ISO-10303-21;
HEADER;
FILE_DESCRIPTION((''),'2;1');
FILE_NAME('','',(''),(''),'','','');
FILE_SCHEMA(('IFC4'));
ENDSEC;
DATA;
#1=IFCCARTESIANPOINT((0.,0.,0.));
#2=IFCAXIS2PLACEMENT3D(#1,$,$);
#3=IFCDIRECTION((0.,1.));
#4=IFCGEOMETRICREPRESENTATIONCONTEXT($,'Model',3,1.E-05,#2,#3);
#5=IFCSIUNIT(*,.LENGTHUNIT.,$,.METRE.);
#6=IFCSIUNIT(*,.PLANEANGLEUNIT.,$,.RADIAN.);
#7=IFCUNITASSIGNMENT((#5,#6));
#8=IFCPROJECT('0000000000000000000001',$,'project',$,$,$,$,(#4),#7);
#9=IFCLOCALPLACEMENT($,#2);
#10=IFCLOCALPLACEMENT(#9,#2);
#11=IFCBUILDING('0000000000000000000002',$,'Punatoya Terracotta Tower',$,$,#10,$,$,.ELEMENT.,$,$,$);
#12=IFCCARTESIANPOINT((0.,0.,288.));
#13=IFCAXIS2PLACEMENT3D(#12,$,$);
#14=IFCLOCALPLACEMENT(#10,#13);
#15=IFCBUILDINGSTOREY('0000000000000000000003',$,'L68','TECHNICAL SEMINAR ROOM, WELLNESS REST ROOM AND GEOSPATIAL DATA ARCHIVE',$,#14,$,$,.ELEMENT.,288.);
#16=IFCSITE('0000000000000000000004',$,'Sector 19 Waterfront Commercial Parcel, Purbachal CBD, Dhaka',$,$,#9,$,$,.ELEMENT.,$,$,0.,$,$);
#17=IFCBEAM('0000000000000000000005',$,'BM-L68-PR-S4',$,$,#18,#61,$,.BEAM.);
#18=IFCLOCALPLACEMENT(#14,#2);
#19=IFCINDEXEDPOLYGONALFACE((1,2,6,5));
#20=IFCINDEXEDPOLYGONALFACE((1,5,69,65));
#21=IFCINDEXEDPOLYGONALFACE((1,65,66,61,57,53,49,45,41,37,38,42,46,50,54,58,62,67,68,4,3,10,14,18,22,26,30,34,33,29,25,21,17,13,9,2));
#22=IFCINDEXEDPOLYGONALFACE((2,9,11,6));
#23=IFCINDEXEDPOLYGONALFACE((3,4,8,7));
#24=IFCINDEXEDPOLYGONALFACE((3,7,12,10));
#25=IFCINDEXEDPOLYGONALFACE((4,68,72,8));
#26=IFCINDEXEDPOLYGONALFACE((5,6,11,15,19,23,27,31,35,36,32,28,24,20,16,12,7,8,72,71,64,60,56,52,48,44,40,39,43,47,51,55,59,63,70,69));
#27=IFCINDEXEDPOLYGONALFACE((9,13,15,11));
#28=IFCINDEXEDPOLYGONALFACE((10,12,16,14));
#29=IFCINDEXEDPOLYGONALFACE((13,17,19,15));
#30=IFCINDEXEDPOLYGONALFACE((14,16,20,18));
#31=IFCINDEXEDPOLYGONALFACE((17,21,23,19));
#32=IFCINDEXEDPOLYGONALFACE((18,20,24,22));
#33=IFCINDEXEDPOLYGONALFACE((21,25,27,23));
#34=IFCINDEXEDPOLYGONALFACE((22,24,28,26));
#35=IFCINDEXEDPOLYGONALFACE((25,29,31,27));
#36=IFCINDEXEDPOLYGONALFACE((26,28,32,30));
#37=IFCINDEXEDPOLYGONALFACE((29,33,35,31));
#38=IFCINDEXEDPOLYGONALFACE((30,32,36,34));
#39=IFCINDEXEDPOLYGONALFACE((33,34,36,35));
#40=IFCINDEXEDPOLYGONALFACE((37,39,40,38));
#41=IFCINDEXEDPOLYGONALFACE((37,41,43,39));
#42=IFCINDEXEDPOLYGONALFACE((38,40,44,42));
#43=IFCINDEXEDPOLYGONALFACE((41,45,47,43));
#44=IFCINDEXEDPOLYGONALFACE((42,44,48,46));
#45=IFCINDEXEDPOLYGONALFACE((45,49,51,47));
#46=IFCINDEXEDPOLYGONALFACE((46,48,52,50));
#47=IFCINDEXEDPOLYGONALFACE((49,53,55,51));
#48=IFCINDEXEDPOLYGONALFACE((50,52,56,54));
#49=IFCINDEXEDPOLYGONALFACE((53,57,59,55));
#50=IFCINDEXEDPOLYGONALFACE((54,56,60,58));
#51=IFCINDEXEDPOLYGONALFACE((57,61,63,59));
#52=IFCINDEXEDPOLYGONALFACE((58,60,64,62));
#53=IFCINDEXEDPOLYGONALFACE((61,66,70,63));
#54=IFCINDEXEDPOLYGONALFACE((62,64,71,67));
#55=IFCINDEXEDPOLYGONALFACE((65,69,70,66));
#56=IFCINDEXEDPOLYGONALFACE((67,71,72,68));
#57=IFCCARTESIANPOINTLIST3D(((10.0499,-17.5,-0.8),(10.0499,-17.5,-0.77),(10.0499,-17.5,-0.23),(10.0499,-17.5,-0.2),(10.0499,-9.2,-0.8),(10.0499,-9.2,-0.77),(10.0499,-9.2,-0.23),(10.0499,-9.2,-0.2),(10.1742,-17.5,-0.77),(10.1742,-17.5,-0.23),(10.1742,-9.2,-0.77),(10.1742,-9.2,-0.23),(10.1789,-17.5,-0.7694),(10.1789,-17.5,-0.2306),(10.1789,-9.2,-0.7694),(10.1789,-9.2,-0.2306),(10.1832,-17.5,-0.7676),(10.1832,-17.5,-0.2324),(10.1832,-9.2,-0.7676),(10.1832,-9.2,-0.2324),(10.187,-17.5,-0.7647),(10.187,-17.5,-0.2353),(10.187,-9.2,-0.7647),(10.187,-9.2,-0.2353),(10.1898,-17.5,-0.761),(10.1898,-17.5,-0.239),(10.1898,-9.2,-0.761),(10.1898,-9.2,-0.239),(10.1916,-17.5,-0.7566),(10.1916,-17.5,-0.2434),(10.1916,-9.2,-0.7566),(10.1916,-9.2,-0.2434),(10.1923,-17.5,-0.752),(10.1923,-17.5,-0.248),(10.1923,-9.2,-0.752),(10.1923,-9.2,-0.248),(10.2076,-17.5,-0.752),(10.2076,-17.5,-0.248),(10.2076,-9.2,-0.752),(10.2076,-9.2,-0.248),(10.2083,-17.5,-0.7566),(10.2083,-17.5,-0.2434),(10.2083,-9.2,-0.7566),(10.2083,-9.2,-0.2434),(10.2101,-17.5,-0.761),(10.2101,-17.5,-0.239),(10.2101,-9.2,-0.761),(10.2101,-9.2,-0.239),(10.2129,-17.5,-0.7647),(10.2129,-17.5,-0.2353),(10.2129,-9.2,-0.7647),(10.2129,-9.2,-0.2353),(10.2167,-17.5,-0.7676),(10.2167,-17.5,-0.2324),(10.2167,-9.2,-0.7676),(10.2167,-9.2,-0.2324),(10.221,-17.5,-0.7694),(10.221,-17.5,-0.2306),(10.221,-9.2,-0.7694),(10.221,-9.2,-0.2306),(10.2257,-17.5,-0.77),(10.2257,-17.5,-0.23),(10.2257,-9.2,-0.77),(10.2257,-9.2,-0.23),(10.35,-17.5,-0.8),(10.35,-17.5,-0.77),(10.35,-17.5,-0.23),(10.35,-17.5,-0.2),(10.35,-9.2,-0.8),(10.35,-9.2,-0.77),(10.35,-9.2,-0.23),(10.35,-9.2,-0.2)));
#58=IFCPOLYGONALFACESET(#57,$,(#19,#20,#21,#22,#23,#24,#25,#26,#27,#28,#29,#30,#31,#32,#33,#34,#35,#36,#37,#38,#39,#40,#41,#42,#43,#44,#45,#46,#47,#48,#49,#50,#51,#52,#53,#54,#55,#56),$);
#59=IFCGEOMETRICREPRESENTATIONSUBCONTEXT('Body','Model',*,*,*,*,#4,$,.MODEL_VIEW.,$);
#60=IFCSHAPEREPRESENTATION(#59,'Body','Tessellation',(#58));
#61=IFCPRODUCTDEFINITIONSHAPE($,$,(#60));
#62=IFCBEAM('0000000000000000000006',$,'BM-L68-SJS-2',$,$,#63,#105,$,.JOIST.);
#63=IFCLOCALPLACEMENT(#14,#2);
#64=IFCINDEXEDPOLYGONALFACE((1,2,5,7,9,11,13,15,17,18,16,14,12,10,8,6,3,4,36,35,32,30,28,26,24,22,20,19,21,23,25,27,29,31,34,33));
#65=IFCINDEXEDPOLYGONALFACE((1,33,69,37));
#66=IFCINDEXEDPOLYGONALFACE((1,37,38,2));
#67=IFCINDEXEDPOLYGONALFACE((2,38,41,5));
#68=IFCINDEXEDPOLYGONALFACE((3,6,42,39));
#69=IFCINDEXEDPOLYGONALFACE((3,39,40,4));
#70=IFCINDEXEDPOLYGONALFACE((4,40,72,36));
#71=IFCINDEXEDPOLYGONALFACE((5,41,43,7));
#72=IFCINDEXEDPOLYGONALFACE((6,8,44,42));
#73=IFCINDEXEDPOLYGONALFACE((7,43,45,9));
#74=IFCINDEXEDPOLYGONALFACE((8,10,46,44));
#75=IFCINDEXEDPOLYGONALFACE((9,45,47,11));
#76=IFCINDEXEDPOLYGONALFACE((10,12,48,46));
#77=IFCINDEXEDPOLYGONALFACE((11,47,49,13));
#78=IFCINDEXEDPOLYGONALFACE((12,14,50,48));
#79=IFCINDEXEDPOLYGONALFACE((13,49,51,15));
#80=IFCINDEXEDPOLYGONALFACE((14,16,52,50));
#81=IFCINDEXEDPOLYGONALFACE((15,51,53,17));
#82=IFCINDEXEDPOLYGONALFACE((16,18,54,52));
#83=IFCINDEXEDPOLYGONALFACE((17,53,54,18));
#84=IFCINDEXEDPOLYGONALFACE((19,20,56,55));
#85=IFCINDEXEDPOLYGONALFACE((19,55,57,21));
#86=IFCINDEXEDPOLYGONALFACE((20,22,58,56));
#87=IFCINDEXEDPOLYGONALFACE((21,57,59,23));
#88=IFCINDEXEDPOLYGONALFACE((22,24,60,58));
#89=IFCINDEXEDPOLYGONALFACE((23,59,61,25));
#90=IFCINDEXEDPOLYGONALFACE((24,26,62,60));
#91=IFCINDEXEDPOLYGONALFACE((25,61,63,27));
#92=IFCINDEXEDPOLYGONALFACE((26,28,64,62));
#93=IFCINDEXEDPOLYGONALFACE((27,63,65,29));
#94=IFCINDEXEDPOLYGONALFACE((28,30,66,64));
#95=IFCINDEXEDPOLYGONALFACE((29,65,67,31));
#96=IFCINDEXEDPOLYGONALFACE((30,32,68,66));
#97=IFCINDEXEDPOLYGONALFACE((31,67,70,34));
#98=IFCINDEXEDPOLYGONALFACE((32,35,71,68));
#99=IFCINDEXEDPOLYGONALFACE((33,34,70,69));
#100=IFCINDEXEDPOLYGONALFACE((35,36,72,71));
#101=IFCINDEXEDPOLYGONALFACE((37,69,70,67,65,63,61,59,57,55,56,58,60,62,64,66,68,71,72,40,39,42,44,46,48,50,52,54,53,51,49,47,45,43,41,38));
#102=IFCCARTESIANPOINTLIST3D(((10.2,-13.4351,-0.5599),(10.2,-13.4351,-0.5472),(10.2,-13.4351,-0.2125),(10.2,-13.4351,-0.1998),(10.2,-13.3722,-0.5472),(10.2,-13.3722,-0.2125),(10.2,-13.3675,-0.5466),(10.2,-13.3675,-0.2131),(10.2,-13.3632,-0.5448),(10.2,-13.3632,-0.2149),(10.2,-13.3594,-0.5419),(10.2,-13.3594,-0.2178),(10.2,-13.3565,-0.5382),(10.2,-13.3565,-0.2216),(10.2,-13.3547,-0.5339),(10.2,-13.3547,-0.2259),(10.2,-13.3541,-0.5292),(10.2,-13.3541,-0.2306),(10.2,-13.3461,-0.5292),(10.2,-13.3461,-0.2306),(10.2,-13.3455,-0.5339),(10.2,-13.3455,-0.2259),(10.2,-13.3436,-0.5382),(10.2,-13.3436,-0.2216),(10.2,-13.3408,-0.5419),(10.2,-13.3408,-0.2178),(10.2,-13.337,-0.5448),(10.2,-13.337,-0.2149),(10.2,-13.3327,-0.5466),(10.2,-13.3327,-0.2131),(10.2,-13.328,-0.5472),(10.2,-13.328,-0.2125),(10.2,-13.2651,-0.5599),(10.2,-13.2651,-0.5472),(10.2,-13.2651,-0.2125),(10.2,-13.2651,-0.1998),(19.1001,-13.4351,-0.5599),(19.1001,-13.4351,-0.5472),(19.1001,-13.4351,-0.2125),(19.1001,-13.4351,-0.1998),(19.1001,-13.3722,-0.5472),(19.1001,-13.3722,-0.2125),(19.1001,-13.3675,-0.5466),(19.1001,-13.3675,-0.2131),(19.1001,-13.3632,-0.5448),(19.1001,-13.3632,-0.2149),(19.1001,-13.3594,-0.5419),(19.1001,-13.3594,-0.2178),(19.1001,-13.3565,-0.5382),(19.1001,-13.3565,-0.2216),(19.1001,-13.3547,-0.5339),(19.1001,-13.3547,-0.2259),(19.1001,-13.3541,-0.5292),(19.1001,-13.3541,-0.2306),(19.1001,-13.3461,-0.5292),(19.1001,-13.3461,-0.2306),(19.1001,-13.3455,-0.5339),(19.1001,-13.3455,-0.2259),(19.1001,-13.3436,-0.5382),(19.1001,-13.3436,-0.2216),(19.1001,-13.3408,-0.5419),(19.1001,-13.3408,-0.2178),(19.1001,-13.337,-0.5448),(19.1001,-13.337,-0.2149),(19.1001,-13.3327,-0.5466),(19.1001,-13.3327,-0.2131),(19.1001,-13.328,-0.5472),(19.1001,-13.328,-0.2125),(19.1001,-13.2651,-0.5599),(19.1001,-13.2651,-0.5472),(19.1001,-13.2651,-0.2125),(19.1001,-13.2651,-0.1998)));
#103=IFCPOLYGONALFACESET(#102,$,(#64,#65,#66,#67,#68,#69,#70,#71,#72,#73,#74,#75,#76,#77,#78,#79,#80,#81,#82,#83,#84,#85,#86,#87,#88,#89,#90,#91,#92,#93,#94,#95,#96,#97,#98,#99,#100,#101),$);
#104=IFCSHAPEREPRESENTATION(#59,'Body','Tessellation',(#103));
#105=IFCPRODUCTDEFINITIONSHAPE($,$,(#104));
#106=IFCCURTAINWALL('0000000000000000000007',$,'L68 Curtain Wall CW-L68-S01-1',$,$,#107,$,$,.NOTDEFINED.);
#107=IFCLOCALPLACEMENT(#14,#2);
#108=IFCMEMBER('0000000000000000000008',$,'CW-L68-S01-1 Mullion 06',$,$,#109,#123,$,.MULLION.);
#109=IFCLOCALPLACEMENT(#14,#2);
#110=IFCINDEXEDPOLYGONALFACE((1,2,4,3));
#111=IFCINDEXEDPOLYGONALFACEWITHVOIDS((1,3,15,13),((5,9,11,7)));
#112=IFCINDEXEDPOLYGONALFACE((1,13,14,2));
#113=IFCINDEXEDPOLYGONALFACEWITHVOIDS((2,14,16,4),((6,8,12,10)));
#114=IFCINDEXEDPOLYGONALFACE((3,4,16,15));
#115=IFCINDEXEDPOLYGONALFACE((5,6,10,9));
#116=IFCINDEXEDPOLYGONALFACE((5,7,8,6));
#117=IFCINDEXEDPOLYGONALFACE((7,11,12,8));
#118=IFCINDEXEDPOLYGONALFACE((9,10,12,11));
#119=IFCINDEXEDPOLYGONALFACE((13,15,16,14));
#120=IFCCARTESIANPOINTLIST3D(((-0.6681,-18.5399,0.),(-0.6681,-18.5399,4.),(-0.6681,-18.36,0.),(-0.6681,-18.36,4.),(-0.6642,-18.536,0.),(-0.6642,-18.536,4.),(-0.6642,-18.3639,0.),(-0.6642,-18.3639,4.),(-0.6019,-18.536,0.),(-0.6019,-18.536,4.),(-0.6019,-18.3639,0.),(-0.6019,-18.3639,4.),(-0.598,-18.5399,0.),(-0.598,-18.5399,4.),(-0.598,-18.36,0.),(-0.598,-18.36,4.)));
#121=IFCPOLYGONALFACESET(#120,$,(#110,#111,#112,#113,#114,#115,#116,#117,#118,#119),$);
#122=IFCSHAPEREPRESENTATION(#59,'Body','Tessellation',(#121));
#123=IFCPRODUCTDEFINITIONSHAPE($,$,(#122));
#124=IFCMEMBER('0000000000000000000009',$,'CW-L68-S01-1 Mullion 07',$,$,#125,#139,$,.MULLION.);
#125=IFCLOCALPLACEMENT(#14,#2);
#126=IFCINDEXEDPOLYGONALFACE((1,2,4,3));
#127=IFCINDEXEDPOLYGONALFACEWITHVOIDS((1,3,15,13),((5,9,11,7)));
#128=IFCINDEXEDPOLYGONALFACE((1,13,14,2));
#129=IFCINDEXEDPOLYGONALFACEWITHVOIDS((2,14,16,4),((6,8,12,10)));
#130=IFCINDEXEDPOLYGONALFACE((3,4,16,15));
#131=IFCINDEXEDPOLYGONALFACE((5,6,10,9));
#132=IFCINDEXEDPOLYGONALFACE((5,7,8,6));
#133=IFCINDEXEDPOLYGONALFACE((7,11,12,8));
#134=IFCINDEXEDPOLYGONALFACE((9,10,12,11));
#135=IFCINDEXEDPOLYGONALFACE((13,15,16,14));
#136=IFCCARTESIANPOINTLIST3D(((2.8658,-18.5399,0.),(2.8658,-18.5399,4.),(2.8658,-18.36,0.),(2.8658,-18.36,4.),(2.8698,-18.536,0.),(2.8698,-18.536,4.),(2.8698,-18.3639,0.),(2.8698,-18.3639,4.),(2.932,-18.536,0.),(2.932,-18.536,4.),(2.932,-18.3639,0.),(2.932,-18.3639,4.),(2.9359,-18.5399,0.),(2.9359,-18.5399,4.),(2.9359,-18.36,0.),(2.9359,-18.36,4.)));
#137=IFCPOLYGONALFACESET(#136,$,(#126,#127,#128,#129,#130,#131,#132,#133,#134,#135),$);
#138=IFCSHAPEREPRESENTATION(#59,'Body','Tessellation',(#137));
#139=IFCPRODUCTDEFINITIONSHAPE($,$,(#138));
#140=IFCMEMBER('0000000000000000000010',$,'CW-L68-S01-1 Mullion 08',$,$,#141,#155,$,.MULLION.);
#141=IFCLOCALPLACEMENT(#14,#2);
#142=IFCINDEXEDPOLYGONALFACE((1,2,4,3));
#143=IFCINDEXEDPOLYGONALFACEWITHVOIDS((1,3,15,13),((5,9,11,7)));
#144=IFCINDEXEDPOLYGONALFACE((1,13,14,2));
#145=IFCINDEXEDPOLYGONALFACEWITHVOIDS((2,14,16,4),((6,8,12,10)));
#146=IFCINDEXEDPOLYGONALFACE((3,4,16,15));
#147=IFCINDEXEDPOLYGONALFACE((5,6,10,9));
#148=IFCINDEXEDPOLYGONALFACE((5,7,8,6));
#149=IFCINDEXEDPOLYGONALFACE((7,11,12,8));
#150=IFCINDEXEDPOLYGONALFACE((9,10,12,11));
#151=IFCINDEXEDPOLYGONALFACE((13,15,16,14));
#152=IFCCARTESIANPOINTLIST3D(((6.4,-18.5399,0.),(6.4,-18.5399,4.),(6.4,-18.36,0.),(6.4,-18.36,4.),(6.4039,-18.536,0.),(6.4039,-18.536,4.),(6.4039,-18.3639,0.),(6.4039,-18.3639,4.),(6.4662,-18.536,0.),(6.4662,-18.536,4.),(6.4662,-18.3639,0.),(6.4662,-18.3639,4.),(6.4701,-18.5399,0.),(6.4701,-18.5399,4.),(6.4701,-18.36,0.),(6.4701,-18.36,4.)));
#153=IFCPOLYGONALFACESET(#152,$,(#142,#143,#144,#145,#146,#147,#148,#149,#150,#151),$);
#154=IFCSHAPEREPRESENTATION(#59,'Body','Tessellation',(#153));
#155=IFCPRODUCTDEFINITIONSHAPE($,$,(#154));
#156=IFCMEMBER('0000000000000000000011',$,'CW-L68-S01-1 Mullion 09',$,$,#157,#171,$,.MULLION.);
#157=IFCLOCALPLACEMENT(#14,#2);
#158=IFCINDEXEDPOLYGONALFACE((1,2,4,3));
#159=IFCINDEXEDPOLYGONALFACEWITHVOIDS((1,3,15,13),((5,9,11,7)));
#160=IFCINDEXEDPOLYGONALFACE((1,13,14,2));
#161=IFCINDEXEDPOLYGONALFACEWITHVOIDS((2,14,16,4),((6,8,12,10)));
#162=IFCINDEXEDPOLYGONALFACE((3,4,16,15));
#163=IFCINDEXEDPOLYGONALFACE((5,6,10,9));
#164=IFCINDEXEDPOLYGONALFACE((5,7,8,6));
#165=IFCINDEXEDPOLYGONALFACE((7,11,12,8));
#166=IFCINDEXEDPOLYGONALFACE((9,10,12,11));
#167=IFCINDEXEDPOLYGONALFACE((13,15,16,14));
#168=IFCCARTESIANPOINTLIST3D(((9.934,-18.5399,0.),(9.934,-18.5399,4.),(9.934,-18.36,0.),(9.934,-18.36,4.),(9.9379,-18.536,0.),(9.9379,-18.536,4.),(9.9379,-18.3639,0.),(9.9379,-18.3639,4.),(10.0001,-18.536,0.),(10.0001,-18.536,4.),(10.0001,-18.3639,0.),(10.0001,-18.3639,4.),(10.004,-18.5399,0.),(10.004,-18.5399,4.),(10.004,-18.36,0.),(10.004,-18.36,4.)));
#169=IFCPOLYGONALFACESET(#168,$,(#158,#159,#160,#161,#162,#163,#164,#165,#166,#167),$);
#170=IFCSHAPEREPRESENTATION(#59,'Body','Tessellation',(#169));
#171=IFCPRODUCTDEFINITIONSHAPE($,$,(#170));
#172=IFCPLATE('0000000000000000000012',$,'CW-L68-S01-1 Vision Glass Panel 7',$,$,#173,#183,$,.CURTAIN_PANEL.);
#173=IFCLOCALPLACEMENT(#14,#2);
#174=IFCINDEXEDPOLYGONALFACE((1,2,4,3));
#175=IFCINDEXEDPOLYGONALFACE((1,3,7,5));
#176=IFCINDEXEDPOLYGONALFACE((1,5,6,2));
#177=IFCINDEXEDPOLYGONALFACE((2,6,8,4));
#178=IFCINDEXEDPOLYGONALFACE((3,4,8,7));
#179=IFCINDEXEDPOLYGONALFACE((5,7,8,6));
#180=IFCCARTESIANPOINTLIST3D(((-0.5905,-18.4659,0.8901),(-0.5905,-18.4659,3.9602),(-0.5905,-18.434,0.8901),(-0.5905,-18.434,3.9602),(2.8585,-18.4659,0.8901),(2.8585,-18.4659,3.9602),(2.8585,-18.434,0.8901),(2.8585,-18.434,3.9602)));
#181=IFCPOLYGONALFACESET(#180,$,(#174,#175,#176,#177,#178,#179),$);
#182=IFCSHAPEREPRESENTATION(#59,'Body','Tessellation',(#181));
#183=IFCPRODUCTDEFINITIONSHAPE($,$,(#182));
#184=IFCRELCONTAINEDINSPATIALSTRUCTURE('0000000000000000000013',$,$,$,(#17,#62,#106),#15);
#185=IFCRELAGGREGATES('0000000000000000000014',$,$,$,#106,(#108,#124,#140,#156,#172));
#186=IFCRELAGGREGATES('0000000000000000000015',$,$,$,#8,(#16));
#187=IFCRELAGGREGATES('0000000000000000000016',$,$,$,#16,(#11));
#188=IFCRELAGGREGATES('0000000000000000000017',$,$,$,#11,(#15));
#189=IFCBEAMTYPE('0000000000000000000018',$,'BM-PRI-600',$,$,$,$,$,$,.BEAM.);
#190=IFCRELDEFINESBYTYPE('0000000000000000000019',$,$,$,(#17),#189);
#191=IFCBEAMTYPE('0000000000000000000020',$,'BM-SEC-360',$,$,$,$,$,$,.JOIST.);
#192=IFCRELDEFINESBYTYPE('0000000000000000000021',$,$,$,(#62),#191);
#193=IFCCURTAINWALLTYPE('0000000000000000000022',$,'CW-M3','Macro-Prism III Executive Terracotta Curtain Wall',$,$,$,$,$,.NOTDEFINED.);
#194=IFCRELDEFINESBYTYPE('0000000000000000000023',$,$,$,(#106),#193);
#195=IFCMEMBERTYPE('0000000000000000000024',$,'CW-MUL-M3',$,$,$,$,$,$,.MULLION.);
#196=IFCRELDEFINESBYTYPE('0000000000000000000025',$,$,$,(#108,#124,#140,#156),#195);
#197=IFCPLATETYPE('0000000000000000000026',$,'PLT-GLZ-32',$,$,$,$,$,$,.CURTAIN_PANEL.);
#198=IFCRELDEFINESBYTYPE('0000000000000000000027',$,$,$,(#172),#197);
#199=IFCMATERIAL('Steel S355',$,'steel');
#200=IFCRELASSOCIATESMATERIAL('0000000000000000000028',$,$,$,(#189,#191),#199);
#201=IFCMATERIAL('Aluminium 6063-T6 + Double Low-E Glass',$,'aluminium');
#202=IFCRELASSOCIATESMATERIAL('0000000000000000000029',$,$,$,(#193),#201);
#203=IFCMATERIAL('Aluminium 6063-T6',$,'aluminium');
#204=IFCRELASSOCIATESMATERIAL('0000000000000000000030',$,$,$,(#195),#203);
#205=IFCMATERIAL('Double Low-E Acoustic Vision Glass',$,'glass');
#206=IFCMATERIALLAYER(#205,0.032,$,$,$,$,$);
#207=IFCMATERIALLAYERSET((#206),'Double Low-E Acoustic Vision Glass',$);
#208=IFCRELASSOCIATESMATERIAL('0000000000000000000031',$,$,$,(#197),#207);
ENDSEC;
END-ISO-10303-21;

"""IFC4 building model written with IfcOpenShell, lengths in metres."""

from ifc_helpers import new_model, si_unit, direction, frame, origin, origin_2d, place, context, subcontext, project, spatial, rectangle, hollow_rectangle, i_section, extrude, material, layer, layer_set, material_profile, profile_set, type_object, element, aggregate, save


model = new_model("IFC4")

# Units and contexts
model_context = context("Model", 3, precision=1e-05, world=origin(), true_north=direction((0.0, 1.0)))
body_context = subcontext(model_context, "Body", "Model", "MODEL_VIEW")
ifc_project = project(units=[si_unit("LENGTHUNIT", "METRE"), si_unit("PLANEANGLEUNIT", "RADIAN")], contexts=[model_context])

# Site, building, storey
site_placement = place(None, origin())
site = spatial("IfcSite", under=ifc_project, at=site_placement, Name="Sector 19 Waterfront Commercial Parcel, Purbachal CBD, Dhaka", CompositionType="ELEMENT", RefElevation=0.0)
building_placement = place(site_placement, origin())
building = spatial("IfcBuilding", under=site, at=building_placement, Name="Punatoya Terracotta Tower", CompositionType="ELEMENT")
storey_placement = place(building_placement, frame((0.0, 0.0, 288.0)))
storey = spatial("IfcBuildingStorey", under=building, at=storey_placement, Name="L68", Description="TECHNICAL SEMINAR ROOM, WELLNESS REST ROOM AND GEOSPATIAL DATA ARCHIVE", CompositionType="ELEMENT", Elevation=288.0)

# Beams
ifc_material_1 = material(Name="Steel S355", Category="steel")
ifc_material_profile_1 = material_profile(ifc_material_1, i_section(OverallWidth=0.3, OverallDepth=0.6001, WebThickness=0.0154, FlangeThickness=0.03, FilletRadius=0.0181, at=origin_2d()))
ifc_profile_set_1 = profile_set([ifc_material_profile_1], Name="Steel S355")
beam_type_1 = type_object("IfcBeamType", Name="BM-PRI-600", PredefinedType="BEAM", material=ifc_profile_set_1)
for number, where, z_axis, x_axis, name in (
    (1, (10.2, -17.5, -0.5), (0.0, 1.0, 0.0), (-1.0, 0.0, 0.0), "BM-L68-PR-S4"),
):
    element("IfcBeam", number, at=place(storey_placement, frame(where, z_axis=z_axis, x_axis=x_axis)), inside=storey, type_object=beam_type_1, Name=name, PredefinedType="BEAM", context=body_context, shape_type="SweptSolid", body=[
        extrude(i_section(OverallWidth=0.3, OverallDepth=0.6001, WebThickness=0.0154, FlangeThickness=0.03, FilletRadius=0.0181, at=origin_2d()), origin(), (0.0, 0.0, 1.0), 8.3),
    ])
ifc_material_profile_2 = material_profile(ifc_material_1, i_section(OverallWidth=0.1699, OverallDepth=0.3601, WebThickness=0.0081, FlangeThickness=0.0127, FilletRadius=0.0181, at=origin_2d()))
ifc_profile_set_2 = profile_set([ifc_material_profile_2], Name="Steel S355")
beam_type_2 = type_object("IfcBeamType", Name="BM-SEC-360", PredefinedType="JOIST", material=ifc_profile_set_2)
beam_1_placement = place(storey_placement, frame((10.2, -13.3501, -0.3799), z_axis=(1.0, 0.0, 0.0), x_axis=(0.0, 1.0, 0.0)))
element("IfcBeam", 2, at=beam_1_placement, inside=storey, type_object=beam_type_2, Name="BM-L68-SJS-2", PredefinedType="JOIST", context=body_context, shape_type="SweptSolid", body=[
    extrude(i_section(OverallWidth=0.1699, OverallDepth=0.3601, WebThickness=0.0081, FlangeThickness=0.0127, FilletRadius=0.0181, at=origin_2d()), origin(), (0.0, 0.0, 1.0), 8.9001),
])

# Curtain wall, members, plate
ifc_material_2 = material(Name="Aluminium 6063-T6 + Double Low-E Glass", Category="aluminium")
curtain_wall_type = type_object("IfcCurtainWallType", Name="CW-M3", Description="Macro-Prism III Executive Terracotta Curtain Wall", PredefinedType="NOTDEFINED", material=ifc_material_2)
curtain_wall_placement = place(storey_placement, origin())
curtain_wall = element("IfcCurtainWall", 3, at=curtain_wall_placement, inside=storey, type_object=curtain_wall_type, Name="L68 Curtain Wall CW-L68-S01-1", PredefinedType="NOTDEFINED")
ifc_material_3 = material(Name="Aluminium 6063-T6", Category="aluminium")
ifc_material_profile_3 = material_profile(ifc_material_3, hollow_rectangle(XDim=0.0701, YDim=0.1799, WallThickness=0.0039, at=origin_2d()))
ifc_profile_set_3 = profile_set([ifc_material_profile_3], Name="Aluminium 6063-T6")
member_type = type_object("IfcMemberType", Name="CW-MUL-M3", PredefinedType="MULLION", material=ifc_profile_set_3)
member_1_placement = place(storey_placement, frame((-0.6331, -18.45, 0.0), z_axis=(0.0, 0.0, 1.0), x_axis=(1.0, 0.0, 0.0)))
member_1 = element("IfcMember", 4, at=member_1_placement, type_object=member_type, Name="CW-L68-S01-1 Mullion 06", PredefinedType="MULLION", context=body_context, shape_type="SweptSolid", body=[
    extrude(hollow_rectangle(XDim=0.0701, YDim=0.1799, WallThickness=0.0039, at=origin_2d()), origin(), (0.0, 0.0, 1.0), 4.0),
])
member_2_placement = place(storey_placement, frame((2.9009, -18.45, 0.0), z_axis=(0.0, 0.0, 1.0), x_axis=(1.0, 0.0, 0.0)))
member_2 = element("IfcMember", 5, at=member_2_placement, type_object=member_type, Name="CW-L68-S01-1 Mullion 07", PredefinedType="MULLION", context=body_context, shape_type="SweptSolid", body=[
    extrude(hollow_rectangle(XDim=0.0701, YDim=0.1799, WallThickness=0.0039, at=origin_2d()), origin(), (0.0, 0.0, 1.0), 4.0),
])
member_3_placement = place(storey_placement, frame((6.4351, -18.45, 0.0), z_axis=(0.0, 0.0, 1.0), x_axis=(1.0, 0.0, 0.0)))
member_3 = element("IfcMember", 6, at=member_3_placement, type_object=member_type, Name="CW-L68-S01-1 Mullion 08", PredefinedType="MULLION", context=body_context, shape_type="SweptSolid", body=[
    extrude(hollow_rectangle(XDim=0.0701, YDim=0.1799, WallThickness=0.0039, at=origin_2d()), origin(), (0.0, 0.0, 1.0), 4.0),
])
member_4_placement = place(storey_placement, frame((9.969, -18.45, 0.0), z_axis=(0.0, 0.0, 1.0), x_axis=(1.0, 0.0, 0.0)))
member_4 = element("IfcMember", 7, at=member_4_placement, type_object=member_type, Name="CW-L68-S01-1 Mullion 09", PredefinedType="MULLION", context=body_context, shape_type="SweptSolid", body=[
    extrude(hollow_rectangle(XDim=0.0701, YDim=0.1799, WallThickness=0.0039, at=origin_2d()), origin(), (0.0, 0.0, 1.0), 4.0),
])
ifc_material_4 = material(Name="Double Low-E Acoustic Vision Glass", Category="glass")
ifc_layer_1 = layer(ifc_material_4, 0.032)
ifc_layer_set_1 = layer_set([ifc_layer_1], Name="Double Low-E Acoustic Vision Glass")
plate_type_1 = type_object("IfcPlateType", Name="PLT-GLZ-32", PredefinedType="CURTAIN_PANEL", material=ifc_layer_set_1)
plate_1_placement = place(storey_placement, frame((1.134, -18.45, 0.8901), z_axis=(0.0, 0.0, 1.0), x_axis=(1.0, 0.0, 0.0)))
plate_1 = element("IfcPlate", 8, at=plate_1_placement, type_object=plate_type_1, Name="CW-L68-S01-1 Vision Glass Panel 7", PredefinedType="CURTAIN_PANEL", context=body_context, shape_type="SweptSolid", body=[
    extrude(rectangle(XDim=3.449, YDim=0.032, at=origin_2d()), origin(), (0.0, 0.0, 1.0), 3.0701),
])
aggregate(curtain_wall, [member_1, member_2, member_3, member_4, plate_1])

save(model, "model.ifc")
